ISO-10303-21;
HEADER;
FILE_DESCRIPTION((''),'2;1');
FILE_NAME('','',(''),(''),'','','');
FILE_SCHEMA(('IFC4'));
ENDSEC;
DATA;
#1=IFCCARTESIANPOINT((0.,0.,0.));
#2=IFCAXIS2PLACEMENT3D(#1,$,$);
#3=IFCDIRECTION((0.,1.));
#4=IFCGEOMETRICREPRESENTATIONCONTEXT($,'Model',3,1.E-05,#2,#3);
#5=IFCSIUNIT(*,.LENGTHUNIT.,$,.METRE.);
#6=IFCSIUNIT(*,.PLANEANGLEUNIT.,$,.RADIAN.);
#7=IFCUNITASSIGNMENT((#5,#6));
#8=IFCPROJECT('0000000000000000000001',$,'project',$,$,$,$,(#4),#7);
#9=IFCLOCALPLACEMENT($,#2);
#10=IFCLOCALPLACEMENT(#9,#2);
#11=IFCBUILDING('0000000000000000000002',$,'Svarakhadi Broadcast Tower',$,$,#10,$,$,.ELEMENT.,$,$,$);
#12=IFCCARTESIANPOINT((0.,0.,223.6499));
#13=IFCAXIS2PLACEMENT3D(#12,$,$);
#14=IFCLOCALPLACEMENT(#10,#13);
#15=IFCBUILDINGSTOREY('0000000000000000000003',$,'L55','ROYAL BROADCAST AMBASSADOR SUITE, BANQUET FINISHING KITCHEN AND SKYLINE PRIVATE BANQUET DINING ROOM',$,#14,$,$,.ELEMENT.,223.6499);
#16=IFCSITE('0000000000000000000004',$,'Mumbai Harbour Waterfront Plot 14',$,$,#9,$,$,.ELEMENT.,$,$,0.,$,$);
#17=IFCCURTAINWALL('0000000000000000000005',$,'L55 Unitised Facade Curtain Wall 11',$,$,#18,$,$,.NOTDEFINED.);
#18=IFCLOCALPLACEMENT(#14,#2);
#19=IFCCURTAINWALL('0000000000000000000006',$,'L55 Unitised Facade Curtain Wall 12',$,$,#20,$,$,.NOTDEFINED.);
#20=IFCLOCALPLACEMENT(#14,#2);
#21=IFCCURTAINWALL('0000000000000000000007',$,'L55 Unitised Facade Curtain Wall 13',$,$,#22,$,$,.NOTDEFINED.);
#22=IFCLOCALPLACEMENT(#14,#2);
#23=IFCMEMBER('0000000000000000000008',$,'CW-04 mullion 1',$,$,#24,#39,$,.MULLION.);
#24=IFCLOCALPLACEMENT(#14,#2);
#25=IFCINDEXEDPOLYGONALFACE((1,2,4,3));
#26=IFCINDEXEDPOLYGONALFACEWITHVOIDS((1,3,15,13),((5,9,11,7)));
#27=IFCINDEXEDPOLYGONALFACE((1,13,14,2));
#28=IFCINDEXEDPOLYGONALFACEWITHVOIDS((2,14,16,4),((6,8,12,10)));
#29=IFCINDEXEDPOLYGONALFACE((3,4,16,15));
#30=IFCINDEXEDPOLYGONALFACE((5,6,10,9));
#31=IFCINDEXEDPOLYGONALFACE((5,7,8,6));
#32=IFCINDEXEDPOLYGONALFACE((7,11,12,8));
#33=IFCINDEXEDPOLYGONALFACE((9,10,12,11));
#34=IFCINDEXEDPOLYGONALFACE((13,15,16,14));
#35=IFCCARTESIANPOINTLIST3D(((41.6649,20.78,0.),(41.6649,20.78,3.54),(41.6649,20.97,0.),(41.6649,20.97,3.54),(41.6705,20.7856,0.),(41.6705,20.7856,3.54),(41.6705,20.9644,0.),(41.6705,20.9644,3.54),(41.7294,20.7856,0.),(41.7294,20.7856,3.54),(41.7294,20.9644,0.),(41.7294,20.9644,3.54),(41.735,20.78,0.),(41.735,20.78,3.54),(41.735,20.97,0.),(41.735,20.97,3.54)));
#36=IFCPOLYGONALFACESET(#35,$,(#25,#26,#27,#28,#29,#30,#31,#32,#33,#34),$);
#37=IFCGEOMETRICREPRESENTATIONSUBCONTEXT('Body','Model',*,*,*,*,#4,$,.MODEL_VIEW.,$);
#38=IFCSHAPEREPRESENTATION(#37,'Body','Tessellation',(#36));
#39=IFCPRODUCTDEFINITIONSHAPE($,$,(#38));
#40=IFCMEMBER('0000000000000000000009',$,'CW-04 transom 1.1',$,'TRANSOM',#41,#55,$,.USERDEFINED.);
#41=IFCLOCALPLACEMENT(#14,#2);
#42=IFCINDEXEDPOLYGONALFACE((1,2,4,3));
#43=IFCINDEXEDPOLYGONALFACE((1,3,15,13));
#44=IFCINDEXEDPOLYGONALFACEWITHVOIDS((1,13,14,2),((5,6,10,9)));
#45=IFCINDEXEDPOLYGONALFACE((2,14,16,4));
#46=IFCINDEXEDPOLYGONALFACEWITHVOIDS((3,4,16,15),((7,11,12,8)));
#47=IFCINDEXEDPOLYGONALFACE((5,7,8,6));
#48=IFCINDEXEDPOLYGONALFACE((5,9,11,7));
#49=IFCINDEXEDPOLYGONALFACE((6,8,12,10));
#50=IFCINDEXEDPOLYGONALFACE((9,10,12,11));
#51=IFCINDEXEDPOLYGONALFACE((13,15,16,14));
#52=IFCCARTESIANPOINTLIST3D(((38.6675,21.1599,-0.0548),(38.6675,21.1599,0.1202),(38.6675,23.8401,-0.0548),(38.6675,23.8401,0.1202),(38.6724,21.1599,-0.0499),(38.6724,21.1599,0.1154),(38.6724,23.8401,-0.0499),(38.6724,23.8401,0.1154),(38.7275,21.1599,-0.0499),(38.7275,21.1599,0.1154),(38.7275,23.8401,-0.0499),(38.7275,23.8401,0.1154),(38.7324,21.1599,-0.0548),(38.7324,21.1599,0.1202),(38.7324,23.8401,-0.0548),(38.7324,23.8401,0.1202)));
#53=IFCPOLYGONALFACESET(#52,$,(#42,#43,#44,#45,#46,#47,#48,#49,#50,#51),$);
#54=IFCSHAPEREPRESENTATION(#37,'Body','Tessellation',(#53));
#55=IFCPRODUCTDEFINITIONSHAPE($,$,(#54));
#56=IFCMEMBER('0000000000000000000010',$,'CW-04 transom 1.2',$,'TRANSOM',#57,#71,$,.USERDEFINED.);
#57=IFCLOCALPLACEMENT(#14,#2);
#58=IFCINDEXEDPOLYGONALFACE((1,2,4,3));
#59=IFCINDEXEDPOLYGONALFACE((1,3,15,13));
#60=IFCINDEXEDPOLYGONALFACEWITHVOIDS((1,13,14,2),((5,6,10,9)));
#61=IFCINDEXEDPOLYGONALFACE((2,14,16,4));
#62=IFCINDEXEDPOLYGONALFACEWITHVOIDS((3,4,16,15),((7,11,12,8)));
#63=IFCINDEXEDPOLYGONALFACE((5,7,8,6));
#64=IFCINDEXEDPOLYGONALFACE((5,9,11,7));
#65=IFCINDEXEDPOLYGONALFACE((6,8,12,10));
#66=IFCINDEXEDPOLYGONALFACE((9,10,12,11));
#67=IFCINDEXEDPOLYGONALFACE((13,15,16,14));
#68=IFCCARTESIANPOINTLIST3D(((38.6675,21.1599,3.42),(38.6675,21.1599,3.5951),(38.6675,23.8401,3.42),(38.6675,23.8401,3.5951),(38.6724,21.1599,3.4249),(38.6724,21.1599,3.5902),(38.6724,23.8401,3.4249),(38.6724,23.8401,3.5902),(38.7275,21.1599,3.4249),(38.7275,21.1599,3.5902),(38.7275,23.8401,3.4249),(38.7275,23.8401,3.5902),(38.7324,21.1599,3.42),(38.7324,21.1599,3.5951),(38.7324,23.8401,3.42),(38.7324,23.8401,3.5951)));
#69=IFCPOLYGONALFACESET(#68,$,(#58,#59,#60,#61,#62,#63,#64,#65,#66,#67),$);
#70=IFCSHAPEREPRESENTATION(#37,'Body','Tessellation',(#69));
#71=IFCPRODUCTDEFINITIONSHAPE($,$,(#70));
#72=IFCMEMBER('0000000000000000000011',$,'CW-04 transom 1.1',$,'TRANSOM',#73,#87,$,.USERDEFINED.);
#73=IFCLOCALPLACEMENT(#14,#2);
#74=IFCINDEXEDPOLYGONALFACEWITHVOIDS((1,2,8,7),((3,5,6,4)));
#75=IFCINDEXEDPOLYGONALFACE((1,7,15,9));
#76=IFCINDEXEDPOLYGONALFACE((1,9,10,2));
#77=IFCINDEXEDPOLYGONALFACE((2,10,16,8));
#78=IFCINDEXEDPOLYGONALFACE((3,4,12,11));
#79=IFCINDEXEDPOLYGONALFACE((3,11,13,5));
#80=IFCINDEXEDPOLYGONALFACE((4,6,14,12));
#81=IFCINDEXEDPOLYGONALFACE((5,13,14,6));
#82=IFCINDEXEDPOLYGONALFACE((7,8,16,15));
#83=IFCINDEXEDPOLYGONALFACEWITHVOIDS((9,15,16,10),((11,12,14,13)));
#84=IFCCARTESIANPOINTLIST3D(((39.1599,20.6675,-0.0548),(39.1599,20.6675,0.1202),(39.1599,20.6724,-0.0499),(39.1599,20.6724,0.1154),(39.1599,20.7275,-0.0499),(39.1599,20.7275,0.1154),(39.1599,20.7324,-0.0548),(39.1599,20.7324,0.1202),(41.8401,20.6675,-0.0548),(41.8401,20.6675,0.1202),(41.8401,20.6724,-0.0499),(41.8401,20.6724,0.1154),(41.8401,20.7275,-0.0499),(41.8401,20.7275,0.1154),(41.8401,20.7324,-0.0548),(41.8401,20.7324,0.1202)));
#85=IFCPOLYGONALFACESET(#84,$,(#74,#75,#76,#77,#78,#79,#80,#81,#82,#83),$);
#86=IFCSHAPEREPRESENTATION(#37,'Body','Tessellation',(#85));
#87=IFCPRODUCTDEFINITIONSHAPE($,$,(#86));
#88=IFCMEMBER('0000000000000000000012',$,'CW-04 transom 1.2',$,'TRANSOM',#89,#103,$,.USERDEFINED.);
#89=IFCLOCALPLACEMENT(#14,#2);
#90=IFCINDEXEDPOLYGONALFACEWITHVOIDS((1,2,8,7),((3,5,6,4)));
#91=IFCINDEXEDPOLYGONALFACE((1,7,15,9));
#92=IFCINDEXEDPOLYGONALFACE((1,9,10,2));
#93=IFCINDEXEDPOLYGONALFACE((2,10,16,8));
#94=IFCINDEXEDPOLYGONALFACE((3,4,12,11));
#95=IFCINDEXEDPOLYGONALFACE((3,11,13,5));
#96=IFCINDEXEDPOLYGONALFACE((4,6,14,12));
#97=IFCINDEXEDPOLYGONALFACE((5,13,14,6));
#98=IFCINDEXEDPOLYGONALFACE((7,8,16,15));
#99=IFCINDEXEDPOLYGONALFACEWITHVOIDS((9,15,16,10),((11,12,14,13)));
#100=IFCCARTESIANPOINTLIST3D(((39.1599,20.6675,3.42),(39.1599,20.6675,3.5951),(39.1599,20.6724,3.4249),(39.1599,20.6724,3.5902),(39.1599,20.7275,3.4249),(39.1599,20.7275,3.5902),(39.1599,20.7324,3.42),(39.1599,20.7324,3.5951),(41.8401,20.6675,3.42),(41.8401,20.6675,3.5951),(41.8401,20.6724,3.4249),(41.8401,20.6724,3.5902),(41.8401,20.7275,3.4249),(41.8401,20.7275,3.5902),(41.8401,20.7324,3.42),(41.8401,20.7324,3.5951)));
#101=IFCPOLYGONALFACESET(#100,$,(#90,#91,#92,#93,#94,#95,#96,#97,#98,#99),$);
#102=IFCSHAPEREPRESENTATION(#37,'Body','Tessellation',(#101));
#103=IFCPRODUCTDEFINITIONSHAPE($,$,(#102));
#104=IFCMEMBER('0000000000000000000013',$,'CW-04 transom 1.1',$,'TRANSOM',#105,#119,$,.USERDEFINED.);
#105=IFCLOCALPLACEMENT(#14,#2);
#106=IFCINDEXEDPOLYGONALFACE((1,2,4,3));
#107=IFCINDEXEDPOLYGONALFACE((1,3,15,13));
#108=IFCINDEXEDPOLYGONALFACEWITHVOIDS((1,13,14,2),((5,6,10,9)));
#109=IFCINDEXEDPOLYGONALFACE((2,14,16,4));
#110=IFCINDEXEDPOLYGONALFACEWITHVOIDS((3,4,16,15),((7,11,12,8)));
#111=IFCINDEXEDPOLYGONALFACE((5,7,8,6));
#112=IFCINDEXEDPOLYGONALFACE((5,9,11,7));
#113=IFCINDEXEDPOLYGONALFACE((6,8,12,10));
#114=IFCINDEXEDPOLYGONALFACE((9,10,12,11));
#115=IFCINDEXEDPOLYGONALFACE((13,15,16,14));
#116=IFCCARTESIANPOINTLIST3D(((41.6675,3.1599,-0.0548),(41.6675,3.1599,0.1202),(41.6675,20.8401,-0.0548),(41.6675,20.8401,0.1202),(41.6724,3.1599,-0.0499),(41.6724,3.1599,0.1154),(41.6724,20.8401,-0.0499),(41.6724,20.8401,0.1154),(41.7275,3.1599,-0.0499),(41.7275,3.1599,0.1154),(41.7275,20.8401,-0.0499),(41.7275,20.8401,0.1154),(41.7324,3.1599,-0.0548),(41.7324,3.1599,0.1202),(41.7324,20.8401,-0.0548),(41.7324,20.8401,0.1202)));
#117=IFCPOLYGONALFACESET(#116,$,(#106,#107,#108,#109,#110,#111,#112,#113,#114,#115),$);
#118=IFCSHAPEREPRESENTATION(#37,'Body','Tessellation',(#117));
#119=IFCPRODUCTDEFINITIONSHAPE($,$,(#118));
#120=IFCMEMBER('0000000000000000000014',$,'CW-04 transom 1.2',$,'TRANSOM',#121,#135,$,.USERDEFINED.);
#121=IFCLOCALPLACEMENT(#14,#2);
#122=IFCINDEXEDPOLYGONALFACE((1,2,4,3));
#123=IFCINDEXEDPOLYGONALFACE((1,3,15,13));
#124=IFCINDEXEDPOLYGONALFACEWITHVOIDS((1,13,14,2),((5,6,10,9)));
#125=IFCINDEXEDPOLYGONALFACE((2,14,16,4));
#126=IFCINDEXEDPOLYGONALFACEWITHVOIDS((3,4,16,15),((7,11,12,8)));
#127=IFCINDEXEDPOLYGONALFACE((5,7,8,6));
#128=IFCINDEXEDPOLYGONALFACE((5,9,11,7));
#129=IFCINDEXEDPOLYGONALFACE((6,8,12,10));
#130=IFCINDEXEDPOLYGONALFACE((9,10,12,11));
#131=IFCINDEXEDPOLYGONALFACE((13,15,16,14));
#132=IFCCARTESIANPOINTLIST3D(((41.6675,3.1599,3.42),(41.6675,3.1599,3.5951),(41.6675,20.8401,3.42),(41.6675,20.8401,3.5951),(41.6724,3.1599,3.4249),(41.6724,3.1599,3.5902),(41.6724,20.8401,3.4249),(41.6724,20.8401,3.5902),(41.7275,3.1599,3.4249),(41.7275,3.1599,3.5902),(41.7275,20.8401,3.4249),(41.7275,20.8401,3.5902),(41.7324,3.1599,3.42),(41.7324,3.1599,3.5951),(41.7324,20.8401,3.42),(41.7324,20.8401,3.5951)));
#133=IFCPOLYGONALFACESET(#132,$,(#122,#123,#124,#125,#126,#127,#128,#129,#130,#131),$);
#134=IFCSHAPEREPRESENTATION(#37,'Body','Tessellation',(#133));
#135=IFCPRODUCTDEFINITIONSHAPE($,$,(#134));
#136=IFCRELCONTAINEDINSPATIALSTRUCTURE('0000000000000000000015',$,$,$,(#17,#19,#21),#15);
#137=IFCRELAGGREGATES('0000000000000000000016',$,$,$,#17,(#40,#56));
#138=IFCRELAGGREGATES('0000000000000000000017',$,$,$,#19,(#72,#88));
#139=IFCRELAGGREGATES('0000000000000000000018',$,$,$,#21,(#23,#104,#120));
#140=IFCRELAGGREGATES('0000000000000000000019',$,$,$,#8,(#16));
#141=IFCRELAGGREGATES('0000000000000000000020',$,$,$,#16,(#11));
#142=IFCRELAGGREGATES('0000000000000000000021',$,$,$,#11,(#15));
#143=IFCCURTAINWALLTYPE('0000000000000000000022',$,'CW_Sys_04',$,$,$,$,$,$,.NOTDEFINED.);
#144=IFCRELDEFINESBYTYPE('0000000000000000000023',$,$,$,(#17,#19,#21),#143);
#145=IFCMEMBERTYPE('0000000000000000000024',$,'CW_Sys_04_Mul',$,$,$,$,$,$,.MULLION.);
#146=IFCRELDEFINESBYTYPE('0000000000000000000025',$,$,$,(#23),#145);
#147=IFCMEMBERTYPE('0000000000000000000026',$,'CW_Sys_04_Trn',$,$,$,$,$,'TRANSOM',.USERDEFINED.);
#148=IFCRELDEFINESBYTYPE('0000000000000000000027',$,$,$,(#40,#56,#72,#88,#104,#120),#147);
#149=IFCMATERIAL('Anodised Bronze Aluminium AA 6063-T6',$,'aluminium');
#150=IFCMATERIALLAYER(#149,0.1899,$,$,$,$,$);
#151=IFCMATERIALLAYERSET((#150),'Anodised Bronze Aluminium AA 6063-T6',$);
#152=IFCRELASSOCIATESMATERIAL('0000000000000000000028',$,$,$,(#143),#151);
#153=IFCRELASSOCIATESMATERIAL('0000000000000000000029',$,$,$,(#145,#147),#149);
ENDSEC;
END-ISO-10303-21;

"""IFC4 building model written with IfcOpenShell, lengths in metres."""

from ifc_helpers import new_model, si_unit, direction, frame, origin, origin_2d, place, context, subcontext, project, spatial, hollow_rectangle, extrude, material, layer, layer_set, material_profile, profile_set, type_object, element, aggregate, save


model = new_model("IFC4")

# Units and contexts
model_context = context("Model", 3, precision=1e-05, world=origin(), true_north=direction((0.0, 1.0)))
body_context = subcontext(model_context, "Body", "Model", "MODEL_VIEW")
ifc_project = project(units=[si_unit("LENGTHUNIT", "METRE"), si_unit("PLANEANGLEUNIT", "RADIAN")], contexts=[model_context])

# Site, building, storey
site_placement = place(None, origin())
site = spatial("IfcSite", under=ifc_project, at=site_placement, Name="Mumbai Harbour Waterfront Plot 14", CompositionType="ELEMENT", RefElevation=0.0)
building_placement = place(site_placement, origin())
building = spatial("IfcBuilding", under=site, at=building_placement, Name="Svarakhadi Broadcast Tower", CompositionType="ELEMENT")
storey_placement = place(building_placement, frame((0.0, 0.0, 223.6499)))
storey = spatial("IfcBuildingStorey", under=building, at=storey_placement, Name="L55", Description="ROYAL BROADCAST AMBASSADOR SUITE, BANQUET FINISHING KITCHEN AND SKYLINE PRIVATE BANQUET DINING ROOM", CompositionType="ELEMENT", Elevation=223.6499)

# Shared definitions
ifc_material_1 = material(Name="Anodised Bronze Aluminium AA 6063-T6", Category="aluminium")
ifc_layer_1 = layer(ifc_material_1, 0.1899)
ifc_layer_set_1 = layer_set([ifc_layer_1], Name="Anodised Bronze Aluminium AA 6063-T6")
curtain_wall_type = type_object("IfcCurtainWallType", Name="CW_Sys_04", PredefinedType="NOTDEFINED", material=ifc_layer_set_1)
ifc_material_profile_1 = material_profile(ifc_material_1, hollow_rectangle(XDim=0.0701, YDim=0.1899, WallThickness=0.0056, at=origin_2d()), Name="ALU MULLION 190x70x6")
ifc_profile_set_1 = profile_set([ifc_material_profile_1], Name="Anodised Bronze Aluminium AA 6063-T6")
member_type_1 = type_object("IfcMemberType", Name="CW_Sys_04_Mul", PredefinedType="MULLION", material=ifc_profile_set_1)

# Curtain walls
curtain_wall_1_placement = place(storey_placement, origin())
curtain_wall_1 = element("IfcCurtainWall", 1, at=curtain_wall_1_placement, inside=storey, type_object=curtain_wall_type, Name="L55 Unitised Facade Curtain Wall 11", PredefinedType="NOTDEFINED")
curtain_wall_2_placement = place(storey_placement, origin())
curtain_wall_2 = element("IfcCurtainWall", 2, at=curtain_wall_2_placement, inside=storey, type_object=curtain_wall_type, Name="L55 Unitised Facade Curtain Wall 12", PredefinedType="NOTDEFINED")

# Curtain wall, member
curtain_wall_3_placement = place(storey_placement, origin())
curtain_wall_3 = element("IfcCurtainWall", 3, at=curtain_wall_3_placement, inside=storey, type_object=curtain_wall_type, Name="L55 Unitised Facade Curtain Wall 13", PredefinedType="NOTDEFINED")
member_1_placement = place(storey_placement, frame((41.7, 20.875, 0.0), z_axis=(0.0, 0.0, 1.0), x_axis=(1.0, 0.0, 0.0)))
member_1 = element("IfcMember", 4, at=member_1_placement, type_object=member_type_1, Name="CW-04 mullion 1", PredefinedType="MULLION", context=body_context, shape_type="SweptSolid", body=[
    extrude(hollow_rectangle(XDim=0.0701, YDim=0.1899, WallThickness=0.0056, at=origin_2d()), origin(), (0.0, 0.0, 1.0), 3.54),
])

# Members
ifc_material_profile_2 = material_profile(ifc_material_1, hollow_rectangle(XDim=0.0649, YDim=0.175, WallThickness=0.0049, at=origin_2d()), Name="ALU TRANSOM 175x65x5")
ifc_profile_set_2 = profile_set([ifc_material_profile_2], Name="Anodised Bronze Aluminium AA 6063-T6")
member_type_2 = type_object("IfcMemberType", Name="CW_Sys_04_Trn", ElementType="TRANSOM", PredefinedType="USERDEFINED", material=ifc_profile_set_2)
member_2_placement = place(storey_placement, frame((38.7, 23.8401, 0.0327), z_axis=(0.0, -1.0, 0.0), x_axis=(1.0, 0.0, 0.0)))
member_2 = element("IfcMember", 5, at=member_2_placement, type_object=member_type_2, Name="CW-04 transom 1.1", ObjectType="TRANSOM", PredefinedType="USERDEFINED", context=body_context, shape_type="SweptSolid", body=[
    extrude(hollow_rectangle(XDim=0.0649, YDim=0.175, WallThickness=0.0049, at=origin_2d()), origin(), (0.0, 0.0, 1.0), 2.6802),
])
member_3_placement = place(storey_placement, frame((38.7, 23.8401, 3.5076), z_axis=(0.0, -1.0, 0.0), x_axis=(1.0, 0.0, 0.0)))
member_3 = element("IfcMember", 6, at=member_3_placement, type_object=member_type_2, Name="CW-04 transom 1.2", ObjectType="TRANSOM", PredefinedType="USERDEFINED", context=body_context, shape_type="SweptSolid", body=[
    extrude(hollow_rectangle(XDim=0.0649, YDim=0.175, WallThickness=0.0049, at=origin_2d()), origin(), (0.0, 0.0, 1.0), 2.6802),
])
member_4_placement = place(storey_placement, frame((39.1599, 20.7, 0.0327), z_axis=(1.0, 0.0, 0.0), x_axis=(0.0, 1.0, 0.0)))
member_4 = element("IfcMember", 7, at=member_4_placement, type_object=member_type_2, Name="CW-04 transom 1.1", ObjectType="TRANSOM", PredefinedType="USERDEFINED", context=body_context, shape_type="SweptSolid", body=[
    extrude(hollow_rectangle(XDim=0.0649, YDim=0.175, WallThickness=0.0049, at=origin_2d()), origin(), (0.0, 0.0, 1.0), 2.6802),
])
member_5_placement = place(storey_placement, frame((39.1599, 20.7, 3.5076), z_axis=(1.0, 0.0, 0.0), x_axis=(0.0, 1.0, 0.0)))
member_5 = element("IfcMember", 8, at=member_5_placement, type_object=member_type_2, Name="CW-04 transom 1.2", ObjectType="TRANSOM", PredefinedType="USERDEFINED", context=body_context, shape_type="SweptSolid", body=[
    extrude(hollow_rectangle(XDim=0.0649, YDim=0.175, WallThickness=0.0049, at=origin_2d()), origin(), (0.0, 0.0, 1.0), 2.6802),
])
member_6_placement = place(storey_placement, frame((41.7, 20.8401, 0.0327), z_axis=(0.0, -1.0, 0.0), x_axis=(1.0, 0.0, 0.0)))
member_6 = element("IfcMember", 9, at=member_6_placement, type_object=member_type_2, Name="CW-04 transom 1.1", ObjectType="TRANSOM", PredefinedType="USERDEFINED", context=body_context, shape_type="SweptSolid", body=[
    extrude(hollow_rectangle(XDim=0.0649, YDim=0.175, WallThickness=0.0049, at=origin_2d()), origin(), (0.0, 0.0, 1.0), 17.6802),
])
member_7_placement = place(storey_placement, frame((41.7, 20.8401, 3.5076), z_axis=(0.0, -1.0, 0.0), x_axis=(1.0, 0.0, 0.0)))
member_7 = element("IfcMember", 10, at=member_7_placement, type_object=member_type_2, Name="CW-04 transom 1.2", ObjectType="TRANSOM", PredefinedType="USERDEFINED", context=body_context, shape_type="SweptSolid", body=[
    extrude(hollow_rectangle(XDim=0.0649, YDim=0.175, WallThickness=0.0049, at=origin_2d()), origin(), (0.0, 0.0, 1.0), 17.6802),
])

aggregate(curtain_wall_1, [member_2, member_3])
aggregate(curtain_wall_2, [member_4, member_5])
aggregate(curtain_wall_3, [member_1, member_6, member_7])

save(model, "model.ifc")
